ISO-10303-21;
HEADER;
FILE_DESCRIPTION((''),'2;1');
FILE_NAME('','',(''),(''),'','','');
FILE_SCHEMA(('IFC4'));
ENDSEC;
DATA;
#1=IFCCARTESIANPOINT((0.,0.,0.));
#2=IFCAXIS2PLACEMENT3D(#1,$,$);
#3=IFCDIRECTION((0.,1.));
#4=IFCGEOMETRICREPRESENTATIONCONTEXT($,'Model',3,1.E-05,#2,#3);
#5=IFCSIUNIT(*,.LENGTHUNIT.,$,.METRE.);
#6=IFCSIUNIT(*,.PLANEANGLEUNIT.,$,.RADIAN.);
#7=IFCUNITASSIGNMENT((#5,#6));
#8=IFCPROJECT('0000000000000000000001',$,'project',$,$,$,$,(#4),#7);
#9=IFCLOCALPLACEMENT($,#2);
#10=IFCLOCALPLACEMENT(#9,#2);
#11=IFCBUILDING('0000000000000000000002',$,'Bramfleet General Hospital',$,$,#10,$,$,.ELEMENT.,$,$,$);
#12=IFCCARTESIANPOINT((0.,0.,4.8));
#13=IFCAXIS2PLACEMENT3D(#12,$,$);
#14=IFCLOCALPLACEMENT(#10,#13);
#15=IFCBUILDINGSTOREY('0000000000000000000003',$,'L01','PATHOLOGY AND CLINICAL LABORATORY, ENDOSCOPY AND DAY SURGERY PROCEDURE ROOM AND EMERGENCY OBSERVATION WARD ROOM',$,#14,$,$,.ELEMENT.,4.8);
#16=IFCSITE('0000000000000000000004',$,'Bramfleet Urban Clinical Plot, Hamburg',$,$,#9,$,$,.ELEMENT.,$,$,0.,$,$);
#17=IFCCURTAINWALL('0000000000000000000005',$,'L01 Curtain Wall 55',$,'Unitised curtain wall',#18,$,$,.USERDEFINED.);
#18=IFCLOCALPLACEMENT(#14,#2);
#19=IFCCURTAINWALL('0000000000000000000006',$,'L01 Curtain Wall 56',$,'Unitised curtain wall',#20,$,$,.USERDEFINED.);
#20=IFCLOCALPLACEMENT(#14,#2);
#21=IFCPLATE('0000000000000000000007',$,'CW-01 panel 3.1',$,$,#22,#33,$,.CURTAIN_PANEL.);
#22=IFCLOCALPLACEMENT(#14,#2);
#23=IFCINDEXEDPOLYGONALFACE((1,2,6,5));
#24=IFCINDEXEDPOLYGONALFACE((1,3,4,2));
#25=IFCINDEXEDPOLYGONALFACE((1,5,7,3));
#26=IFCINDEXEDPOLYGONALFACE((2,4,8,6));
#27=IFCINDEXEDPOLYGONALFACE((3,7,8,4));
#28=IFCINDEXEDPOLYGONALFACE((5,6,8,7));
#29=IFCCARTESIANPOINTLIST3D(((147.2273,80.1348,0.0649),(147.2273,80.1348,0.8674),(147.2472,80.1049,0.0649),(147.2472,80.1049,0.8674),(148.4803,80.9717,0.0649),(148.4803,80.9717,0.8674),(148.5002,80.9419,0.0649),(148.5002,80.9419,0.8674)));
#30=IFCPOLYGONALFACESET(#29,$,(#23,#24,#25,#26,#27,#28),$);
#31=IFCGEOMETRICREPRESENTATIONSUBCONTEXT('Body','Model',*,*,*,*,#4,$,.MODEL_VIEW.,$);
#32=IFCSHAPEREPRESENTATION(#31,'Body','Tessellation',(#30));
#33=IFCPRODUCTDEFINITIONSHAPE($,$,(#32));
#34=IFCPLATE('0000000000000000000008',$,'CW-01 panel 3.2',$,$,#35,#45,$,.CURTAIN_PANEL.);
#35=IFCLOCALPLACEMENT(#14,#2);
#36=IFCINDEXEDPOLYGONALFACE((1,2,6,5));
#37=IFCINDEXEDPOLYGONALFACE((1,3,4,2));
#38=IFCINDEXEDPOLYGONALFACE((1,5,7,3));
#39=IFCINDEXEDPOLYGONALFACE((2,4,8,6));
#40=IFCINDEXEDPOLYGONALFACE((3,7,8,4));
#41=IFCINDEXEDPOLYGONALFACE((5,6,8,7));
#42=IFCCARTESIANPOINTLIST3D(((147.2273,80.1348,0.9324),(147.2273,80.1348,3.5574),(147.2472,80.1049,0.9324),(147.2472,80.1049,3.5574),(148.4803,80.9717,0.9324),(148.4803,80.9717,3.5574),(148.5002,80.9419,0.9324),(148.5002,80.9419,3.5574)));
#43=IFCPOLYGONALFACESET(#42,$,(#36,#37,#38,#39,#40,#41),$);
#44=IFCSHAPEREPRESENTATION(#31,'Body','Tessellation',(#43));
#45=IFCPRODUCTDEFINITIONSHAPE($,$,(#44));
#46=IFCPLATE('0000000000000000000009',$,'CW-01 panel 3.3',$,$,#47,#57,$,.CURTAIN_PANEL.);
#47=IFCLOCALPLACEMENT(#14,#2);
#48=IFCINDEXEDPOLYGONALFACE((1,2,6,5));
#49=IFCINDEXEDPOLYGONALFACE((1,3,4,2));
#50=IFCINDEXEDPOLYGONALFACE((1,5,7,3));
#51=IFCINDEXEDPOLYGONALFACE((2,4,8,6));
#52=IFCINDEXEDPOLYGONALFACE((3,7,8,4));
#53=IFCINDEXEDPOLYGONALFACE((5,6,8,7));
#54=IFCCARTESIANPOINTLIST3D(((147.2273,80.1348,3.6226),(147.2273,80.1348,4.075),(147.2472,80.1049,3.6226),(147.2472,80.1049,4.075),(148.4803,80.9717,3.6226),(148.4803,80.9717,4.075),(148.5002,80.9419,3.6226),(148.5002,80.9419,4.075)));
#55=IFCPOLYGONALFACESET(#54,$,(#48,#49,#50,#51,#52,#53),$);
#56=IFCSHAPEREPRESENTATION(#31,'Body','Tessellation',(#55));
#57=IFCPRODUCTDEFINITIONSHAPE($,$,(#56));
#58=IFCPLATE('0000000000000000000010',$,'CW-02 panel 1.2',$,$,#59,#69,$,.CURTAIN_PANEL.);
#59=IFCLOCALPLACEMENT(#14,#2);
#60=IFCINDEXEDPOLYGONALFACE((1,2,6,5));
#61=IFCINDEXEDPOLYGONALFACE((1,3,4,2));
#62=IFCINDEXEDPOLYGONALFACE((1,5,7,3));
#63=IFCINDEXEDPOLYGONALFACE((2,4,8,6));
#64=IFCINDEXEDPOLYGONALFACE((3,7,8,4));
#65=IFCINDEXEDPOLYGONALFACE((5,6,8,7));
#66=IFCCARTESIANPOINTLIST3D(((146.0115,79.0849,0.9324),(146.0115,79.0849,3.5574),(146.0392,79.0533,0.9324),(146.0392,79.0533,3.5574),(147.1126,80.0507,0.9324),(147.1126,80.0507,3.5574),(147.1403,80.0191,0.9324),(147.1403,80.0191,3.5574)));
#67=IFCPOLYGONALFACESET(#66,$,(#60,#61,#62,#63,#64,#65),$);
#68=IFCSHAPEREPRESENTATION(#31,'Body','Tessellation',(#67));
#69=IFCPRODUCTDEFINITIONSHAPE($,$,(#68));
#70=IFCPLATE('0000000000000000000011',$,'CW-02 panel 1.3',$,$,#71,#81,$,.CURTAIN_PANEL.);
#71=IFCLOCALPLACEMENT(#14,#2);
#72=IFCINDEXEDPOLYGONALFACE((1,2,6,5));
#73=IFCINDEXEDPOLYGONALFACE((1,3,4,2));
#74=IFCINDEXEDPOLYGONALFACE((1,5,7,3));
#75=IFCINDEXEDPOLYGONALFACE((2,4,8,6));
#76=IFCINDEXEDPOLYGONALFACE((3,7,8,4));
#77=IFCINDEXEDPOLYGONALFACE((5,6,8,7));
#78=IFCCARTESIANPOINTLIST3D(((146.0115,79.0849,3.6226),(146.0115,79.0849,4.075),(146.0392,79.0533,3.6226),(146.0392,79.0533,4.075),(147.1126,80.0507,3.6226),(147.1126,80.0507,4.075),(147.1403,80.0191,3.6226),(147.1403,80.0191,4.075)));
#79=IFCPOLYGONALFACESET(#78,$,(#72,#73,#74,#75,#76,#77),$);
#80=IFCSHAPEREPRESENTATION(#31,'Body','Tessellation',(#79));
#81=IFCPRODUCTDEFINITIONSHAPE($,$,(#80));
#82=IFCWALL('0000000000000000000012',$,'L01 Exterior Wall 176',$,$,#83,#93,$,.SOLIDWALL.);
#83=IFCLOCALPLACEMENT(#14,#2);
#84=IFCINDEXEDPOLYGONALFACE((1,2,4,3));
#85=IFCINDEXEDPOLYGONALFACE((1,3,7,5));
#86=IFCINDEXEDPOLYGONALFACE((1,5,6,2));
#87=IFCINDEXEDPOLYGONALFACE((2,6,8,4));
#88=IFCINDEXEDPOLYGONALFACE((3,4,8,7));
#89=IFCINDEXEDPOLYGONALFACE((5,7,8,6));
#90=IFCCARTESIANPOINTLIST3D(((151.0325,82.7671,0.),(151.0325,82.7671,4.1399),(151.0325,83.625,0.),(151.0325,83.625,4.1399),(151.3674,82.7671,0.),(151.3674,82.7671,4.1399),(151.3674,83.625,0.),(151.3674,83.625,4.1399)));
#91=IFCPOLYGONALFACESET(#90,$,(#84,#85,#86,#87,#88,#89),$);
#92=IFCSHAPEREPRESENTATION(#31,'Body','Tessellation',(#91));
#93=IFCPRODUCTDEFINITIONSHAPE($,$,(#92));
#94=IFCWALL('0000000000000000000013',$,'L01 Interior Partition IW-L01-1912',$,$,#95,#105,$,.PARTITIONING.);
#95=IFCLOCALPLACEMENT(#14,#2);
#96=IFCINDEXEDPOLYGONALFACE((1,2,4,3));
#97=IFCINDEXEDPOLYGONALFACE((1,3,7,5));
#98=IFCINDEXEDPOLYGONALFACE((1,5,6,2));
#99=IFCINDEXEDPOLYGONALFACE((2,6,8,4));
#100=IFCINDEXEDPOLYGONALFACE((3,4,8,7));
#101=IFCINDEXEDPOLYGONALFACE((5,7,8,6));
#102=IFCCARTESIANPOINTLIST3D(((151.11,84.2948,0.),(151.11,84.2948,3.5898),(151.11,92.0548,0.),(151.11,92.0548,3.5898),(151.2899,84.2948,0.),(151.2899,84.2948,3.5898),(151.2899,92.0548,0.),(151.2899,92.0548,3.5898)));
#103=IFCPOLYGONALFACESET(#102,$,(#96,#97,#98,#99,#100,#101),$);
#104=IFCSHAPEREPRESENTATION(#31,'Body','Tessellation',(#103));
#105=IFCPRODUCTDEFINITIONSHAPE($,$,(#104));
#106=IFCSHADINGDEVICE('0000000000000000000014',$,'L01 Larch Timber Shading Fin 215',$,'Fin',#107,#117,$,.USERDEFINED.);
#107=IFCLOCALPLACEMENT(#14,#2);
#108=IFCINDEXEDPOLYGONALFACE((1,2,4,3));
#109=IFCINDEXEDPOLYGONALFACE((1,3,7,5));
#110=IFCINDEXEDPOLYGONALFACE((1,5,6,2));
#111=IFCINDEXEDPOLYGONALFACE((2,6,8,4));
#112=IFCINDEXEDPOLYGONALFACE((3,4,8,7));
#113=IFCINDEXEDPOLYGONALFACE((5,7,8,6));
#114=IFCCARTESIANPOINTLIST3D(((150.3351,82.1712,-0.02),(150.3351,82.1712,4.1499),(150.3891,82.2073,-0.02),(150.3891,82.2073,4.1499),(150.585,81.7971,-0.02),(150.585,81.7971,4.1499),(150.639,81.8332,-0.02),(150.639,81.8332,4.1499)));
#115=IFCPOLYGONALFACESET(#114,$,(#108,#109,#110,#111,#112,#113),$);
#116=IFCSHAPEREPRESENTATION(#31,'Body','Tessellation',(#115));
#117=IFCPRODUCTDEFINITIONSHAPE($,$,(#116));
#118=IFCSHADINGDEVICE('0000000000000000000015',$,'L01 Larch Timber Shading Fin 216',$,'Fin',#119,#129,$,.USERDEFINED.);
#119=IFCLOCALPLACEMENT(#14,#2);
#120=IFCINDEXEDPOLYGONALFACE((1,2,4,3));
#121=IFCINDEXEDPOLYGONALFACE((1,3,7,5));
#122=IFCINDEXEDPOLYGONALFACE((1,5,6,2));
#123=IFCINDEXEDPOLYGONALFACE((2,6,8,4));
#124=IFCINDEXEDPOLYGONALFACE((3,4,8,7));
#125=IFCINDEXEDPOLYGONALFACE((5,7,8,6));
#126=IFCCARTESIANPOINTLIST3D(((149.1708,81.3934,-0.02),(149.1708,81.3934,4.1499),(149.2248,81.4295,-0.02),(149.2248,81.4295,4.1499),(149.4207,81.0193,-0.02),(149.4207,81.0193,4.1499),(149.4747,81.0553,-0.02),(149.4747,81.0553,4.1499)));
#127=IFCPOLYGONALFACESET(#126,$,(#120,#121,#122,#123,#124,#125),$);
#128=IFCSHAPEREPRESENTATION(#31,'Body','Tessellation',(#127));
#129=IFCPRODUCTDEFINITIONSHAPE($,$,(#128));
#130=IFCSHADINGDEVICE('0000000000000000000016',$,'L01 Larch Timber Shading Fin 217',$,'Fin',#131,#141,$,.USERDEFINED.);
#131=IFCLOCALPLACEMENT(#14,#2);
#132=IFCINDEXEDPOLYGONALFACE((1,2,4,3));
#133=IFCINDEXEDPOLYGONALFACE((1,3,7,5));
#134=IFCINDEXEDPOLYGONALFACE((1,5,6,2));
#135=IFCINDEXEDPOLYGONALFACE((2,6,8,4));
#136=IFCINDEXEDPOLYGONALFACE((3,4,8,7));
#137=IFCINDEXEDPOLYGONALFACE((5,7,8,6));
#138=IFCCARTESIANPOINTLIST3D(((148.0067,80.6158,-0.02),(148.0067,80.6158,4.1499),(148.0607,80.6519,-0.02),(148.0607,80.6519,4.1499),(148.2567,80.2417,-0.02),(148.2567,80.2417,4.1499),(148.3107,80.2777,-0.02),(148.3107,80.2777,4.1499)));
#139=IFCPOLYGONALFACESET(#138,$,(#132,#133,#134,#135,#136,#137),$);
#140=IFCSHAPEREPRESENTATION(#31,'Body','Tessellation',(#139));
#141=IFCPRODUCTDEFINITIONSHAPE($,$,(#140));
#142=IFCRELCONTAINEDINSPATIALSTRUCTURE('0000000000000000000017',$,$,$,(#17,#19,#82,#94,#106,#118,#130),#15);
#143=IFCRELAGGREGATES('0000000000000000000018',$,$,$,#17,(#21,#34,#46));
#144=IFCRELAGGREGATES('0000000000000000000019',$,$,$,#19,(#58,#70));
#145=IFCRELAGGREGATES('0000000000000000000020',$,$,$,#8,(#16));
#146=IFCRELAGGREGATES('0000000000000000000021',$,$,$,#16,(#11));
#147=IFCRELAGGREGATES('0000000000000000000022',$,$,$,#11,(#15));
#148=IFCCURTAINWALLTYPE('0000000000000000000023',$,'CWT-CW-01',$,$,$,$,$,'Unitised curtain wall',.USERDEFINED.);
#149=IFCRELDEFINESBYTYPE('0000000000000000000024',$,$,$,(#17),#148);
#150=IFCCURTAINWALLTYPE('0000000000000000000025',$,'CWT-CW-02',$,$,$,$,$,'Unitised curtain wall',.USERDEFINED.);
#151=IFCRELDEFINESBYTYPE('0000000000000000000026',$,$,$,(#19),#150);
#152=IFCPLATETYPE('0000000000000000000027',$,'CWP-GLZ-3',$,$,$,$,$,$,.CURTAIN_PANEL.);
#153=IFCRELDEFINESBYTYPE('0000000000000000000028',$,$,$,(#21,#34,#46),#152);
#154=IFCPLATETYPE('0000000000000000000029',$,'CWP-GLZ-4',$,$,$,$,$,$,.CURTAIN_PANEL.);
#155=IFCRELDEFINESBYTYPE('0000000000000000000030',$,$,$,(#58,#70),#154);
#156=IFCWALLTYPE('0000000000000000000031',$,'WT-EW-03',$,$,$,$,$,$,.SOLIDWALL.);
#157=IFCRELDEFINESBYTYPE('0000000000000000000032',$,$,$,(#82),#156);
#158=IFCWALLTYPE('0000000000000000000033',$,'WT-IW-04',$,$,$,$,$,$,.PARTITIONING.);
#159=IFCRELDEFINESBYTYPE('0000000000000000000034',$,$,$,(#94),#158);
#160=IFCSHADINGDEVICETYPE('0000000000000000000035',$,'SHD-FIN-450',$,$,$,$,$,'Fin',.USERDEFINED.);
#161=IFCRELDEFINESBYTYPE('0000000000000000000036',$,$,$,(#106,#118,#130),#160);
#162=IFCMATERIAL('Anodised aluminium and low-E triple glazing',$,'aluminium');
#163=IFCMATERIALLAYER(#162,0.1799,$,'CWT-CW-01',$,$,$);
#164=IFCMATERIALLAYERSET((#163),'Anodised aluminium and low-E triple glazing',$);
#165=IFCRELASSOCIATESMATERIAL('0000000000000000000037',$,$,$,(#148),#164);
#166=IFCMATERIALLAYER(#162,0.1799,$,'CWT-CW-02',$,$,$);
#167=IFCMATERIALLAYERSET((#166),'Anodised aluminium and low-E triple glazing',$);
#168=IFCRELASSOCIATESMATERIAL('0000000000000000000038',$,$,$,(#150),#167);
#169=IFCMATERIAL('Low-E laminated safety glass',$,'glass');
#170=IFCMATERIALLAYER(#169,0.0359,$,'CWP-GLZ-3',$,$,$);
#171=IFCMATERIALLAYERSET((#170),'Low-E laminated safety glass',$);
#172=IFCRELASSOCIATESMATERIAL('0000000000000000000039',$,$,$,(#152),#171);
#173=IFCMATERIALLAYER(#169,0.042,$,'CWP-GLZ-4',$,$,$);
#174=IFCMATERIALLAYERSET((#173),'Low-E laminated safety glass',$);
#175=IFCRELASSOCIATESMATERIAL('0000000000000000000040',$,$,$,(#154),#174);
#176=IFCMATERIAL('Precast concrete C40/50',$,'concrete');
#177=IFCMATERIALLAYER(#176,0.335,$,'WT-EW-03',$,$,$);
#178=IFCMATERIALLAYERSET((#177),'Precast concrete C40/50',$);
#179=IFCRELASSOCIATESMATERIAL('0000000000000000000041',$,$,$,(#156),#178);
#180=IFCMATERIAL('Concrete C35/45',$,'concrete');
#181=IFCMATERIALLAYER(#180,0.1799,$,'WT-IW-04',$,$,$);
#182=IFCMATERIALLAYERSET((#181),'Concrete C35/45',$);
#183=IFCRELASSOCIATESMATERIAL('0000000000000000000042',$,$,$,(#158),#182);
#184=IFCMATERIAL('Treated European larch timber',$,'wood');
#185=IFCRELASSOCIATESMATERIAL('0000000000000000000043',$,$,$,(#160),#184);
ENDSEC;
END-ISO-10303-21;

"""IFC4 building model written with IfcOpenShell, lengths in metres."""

from ifc_helpers import new_model, si_unit, direction, frame, frame_2d, origin, origin_2d, place, context, subcontext, project, spatial, rectangle, extrude, material, layer, layer_set, material_profile, profile_set, type_object, element, aggregate, save


model = new_model("IFC4")

# Units and contexts
model_context = context("Model", 3, precision=1e-05, world=origin(), true_north=direction((0.0, 1.0)))
body_context = subcontext(model_context, "Body", "Model", "MODEL_VIEW")
ifc_project = project(units=[si_unit("LENGTHUNIT", "METRE"), si_unit("PLANEANGLEUNIT", "RADIAN")], contexts=[model_context])

# Site, building, storey
site_placement = place(None, origin())
site = spatial("IfcSite", under=ifc_project, at=site_placement, Name="Bramfleet Urban Clinical Plot, Hamburg", CompositionType="ELEMENT", RefElevation=0.0)
building_placement = place(site_placement, origin())
building = spatial("IfcBuilding", under=site, at=building_placement, Name="Bramfleet General Hospital", CompositionType="ELEMENT")
storey_placement = place(building_placement, frame((0.0, 0.0, 4.8)))
storey = spatial("IfcBuildingStorey", under=building, at=storey_placement, Name="L01", Description="PATHOLOGY AND CLINICAL LABORATORY, ENDOSCOPY AND DAY SURGERY PROCEDURE ROOM AND EMERGENCY OBSERVATION WARD ROOM", CompositionType="ELEMENT", Elevation=4.8)

# Curtain wall
ifc_material_1 = material(Name="Anodised aluminium and low-E triple glazing", Category="aluminium")
ifc_layer_1 = layer(ifc_material_1, 0.1799, Name="CWT-CW-01")
ifc_layer_set_1 = layer_set([ifc_layer_1], Name="Anodised aluminium and low-E triple glazing")
curtain_wall_type_1 = type_object("IfcCurtainWallType", Name="CWT-CW-01", ElementType="Unitised curtain wall", PredefinedType="USERDEFINED", material=ifc_layer_set_1)
curtain_wall_1_placement = place(storey_placement, origin())
curtain_wall_1 = element("IfcCurtainWall", 1, at=curtain_wall_1_placement, inside=storey, type_object=curtain_wall_type_1, Name="L01 Curtain Wall 55", ObjectType="Unitised curtain wall", PredefinedType="USERDEFINED")

# Curtain wall
ifc_layer_2 = layer(ifc_material_1, 0.1799, Name="CWT-CW-02")
ifc_layer_set_2 = layer_set([ifc_layer_2], Name="Anodised aluminium and low-E triple glazing")
curtain_wall_type_2 = type_object("IfcCurtainWallType", Name="CWT-CW-02", ElementType="Unitised curtain wall", PredefinedType="USERDEFINED", material=ifc_layer_set_2)
curtain_wall_2_placement = place(storey_placement, origin())
curtain_wall_2 = element("IfcCurtainWall", 2, at=curtain_wall_2_placement, inside=storey, type_object=curtain_wall_type_2, Name="L01 Curtain Wall 56", ObjectType="Unitised curtain wall", PredefinedType="USERDEFINED")

# Plates
ifc_material_2 = material(Name="Low-E laminated safety glass", Category="glass")
ifc_layer_3 = layer(ifc_material_2, 0.0359, Name="CWP-GLZ-3")
ifc_layer_set_3 = layer_set([ifc_layer_3], Name="Low-E laminated safety glass")
plate_type_1 = type_object("IfcPlateType", Name="CWP-GLZ-3", PredefinedType="CURTAIN_PANEL", material=ifc_layer_set_3)
plate_1_placement = place(storey_placement, frame((147.8638, 80.5383, 0.0649), z_axis=(0.0, 0.0, 1.0), x_axis=(-0.831541, -0.555464, 0.0)))
plate_1 = element("IfcPlate", 3, at=plate_1_placement, type_object=plate_type_1, Name="CW-01 panel 3.1", PredefinedType="CURTAIN_PANEL", context=body_context, shape_type="SweptSolid", body=[
    extrude(rectangle(XDim=1.5068, YDim=0.0359, at=origin_2d()), origin(), (0.0, 0.0, 1.0), 0.8025),
])
plate_2_placement = place(storey_placement, frame((147.8638, 80.5383, 0.9324), z_axis=(0.0, 0.0, 1.0), x_axis=(-0.831541, -0.555464, 0.0)))
plate_2 = element("IfcPlate", 4, at=plate_2_placement, type_object=plate_type_1, Name="CW-01 panel 3.2", PredefinedType="CURTAIN_PANEL", context=body_context, shape_type="SweptSolid", body=[
    extrude(rectangle(XDim=1.5068, YDim=0.0359, at=origin_2d()), origin(), (0.0, 0.0, 1.0), 2.625),
])
plate_3_placement = place(storey_placement, frame((147.8638, 80.5383, 3.6226), z_axis=(0.0, 0.0, 1.0), x_axis=(-0.831541, -0.555464, 0.0)))
plate_3 = element("IfcPlate", 5, at=plate_3_placement, type_object=plate_type_1, Name="CW-01 panel 3.3", PredefinedType="CURTAIN_PANEL", context=body_context, shape_type="SweptSolid", body=[
    extrude(rectangle(XDim=1.5068, YDim=0.0359, at=origin_2d()), origin(), (0.0, 0.0, 1.0), 0.4524),
])
aggregate(curtain_wall_1, [plate_1, plate_2, plate_3])
ifc_layer_4 = layer(ifc_material_2, 0.042, Name="CWP-GLZ-4")
ifc_layer_set_4 = layer_set([ifc_layer_4], Name="Low-E laminated safety glass")
plate_type_2 = type_object("IfcPlateType", Name="CWP-GLZ-4", PredefinedType="CURTAIN_PANEL", material=ifc_layer_set_4)
plate_4_placement = place(storey_placement, frame((146.5759, 79.552, 0.9324), z_axis=(0.0, 0.0, 1.0), x_axis=(-0.751787, -0.659406, 0.0)))
plate_4 = element("IfcPlate", 6, at=plate_4_placement, type_object=plate_type_2, Name="CW-02 panel 1.2", PredefinedType="CURTAIN_PANEL", context=body_context, shape_type="SweptSolid", body=[
    extrude(rectangle(XDim=1.4646, YDim=0.042, at=origin_2d()), origin(), (0.0, 0.0, 1.0), 2.625),
])
plate_5_placement = place(storey_placement, frame((146.5759, 79.552, 3.6226), z_axis=(0.0, 0.0, 1.0), x_axis=(-0.751787, -0.659406, 0.0)))
plate_5 = element("IfcPlate", 7, at=plate_5_placement, type_object=plate_type_2, Name="CW-02 panel 1.3", PredefinedType="CURTAIN_PANEL", context=body_context, shape_type="SweptSolid", body=[
    extrude(rectangle(XDim=1.4646, YDim=0.042, at=origin_2d()), origin(), (0.0, 0.0, 1.0), 0.4524),
])
aggregate(curtain_wall_2, [plate_4, plate_5])

# Walls
ifc_material_3 = material(Name="Precast concrete C40/50", Category="concrete")
ifc_layer_5 = layer(ifc_material_3, 0.335, Name="WT-EW-03")
ifc_layer_set_5 = layer_set([ifc_layer_5], Name="Precast concrete C40/50")
wall_type_1 = type_object("IfcWallType", Name="WT-EW-03", PredefinedType="SOLIDWALL", material=ifc_layer_set_5)
wall_1_placement = place(storey_placement, frame((151.2, 83.625, 0.0), z_axis=(0.0, 0.0, 1.0), x_axis=(0.0, -1.0, 0.0)))
element("IfcWall", 8, at=wall_1_placement, inside=storey, type_object=wall_type_1, Name="L01 Exterior Wall 176", PredefinedType="SOLIDWALL", context=body_context, shape_type="SweptSolid", body=[
    extrude(rectangle(XDim=0.8579, YDim=0.335, at=frame_2d((0.429, 0.0))), origin(), (0.0, 0.0, 1.0), 4.1399),
])
ifc_material_4 = material(Name="Concrete C35/45", Category="concrete")
ifc_layer_6 = layer(ifc_material_4, 0.1799, Name="WT-IW-04")
ifc_layer_set_6 = layer_set([ifc_layer_6], Name="Concrete C35/45")
wall_type_2 = type_object("IfcWallType", Name="WT-IW-04", PredefinedType="PARTITIONING", material=ifc_layer_set_6)
wall_2_placement = place(storey_placement, frame((151.2, 84.2949, 0.0), z_axis=(0.0, 0.0, 1.0), x_axis=(0.0, 1.0, 0.0)))
element("IfcWall", 9, at=wall_2_placement, inside=storey, type_object=wall_type_2, Name="L01 Interior Partition IW-L01-1912", PredefinedType="PARTITIONING", context=body_context, shape_type="SweptSolid", body=[
    extrude(rectangle(XDim=7.76, YDim=0.1799, at=frame_2d((3.8799, 0.0))), origin(), (0.0, 0.0, 1.0), 3.5898),
])

# Shading devices
ifc_material_5 = material(Name="Treated European larch timber", Category="wood")
ifc_material_profile_1 = material_profile(ifc_material_5, rectangle(XDim=0.0649, YDim=0.45, at=origin_2d()), Name="LARCH FIN 450x65")
ifc_profile_set_1 = profile_set([ifc_material_profile_1], Name="Treated European larch timber")
shading_device_type = type_object("IfcShadingDeviceType", Name="SHD-FIN-450", ElementType="Fin", PredefinedType="USERDEFINED", material=ifc_profile_set_1)
for number, where, z_axis, x_axis, name in (
    (10, (150.4871, 82.0022, -0.02), (0.0, 0.0, 1.0), (-0.831541, -0.555464, 0.0), "L01 Larch Timber Shading Fin 215"),
    (11, (149.3228, 81.2244, -0.02), (0.0, 0.0, 1.0), (-0.831541, -0.555464, 0.0), "L01 Larch Timber Shading Fin 216"),
    (12, (148.1587, 80.4468, -0.02), (0.0, 0.0, 1.0), (-0.831541, -0.555464, 0.0), "L01 Larch Timber Shading Fin 217"),
):
    element("IfcShadingDevice", number, at=place(storey_placement, frame(where, z_axis=z_axis, x_axis=x_axis)), inside=storey, type_object=shading_device_type, Name=name, ObjectType="Fin", PredefinedType="USERDEFINED", context=body_context, shape_type="SweptSolid", body=[
        extrude(rectangle(XDim=0.0649, YDim=0.45, at=origin_2d()), origin(), (0.0, 0.0, 1.0), 4.1699),
    ])

save(model, "model.ifc")
